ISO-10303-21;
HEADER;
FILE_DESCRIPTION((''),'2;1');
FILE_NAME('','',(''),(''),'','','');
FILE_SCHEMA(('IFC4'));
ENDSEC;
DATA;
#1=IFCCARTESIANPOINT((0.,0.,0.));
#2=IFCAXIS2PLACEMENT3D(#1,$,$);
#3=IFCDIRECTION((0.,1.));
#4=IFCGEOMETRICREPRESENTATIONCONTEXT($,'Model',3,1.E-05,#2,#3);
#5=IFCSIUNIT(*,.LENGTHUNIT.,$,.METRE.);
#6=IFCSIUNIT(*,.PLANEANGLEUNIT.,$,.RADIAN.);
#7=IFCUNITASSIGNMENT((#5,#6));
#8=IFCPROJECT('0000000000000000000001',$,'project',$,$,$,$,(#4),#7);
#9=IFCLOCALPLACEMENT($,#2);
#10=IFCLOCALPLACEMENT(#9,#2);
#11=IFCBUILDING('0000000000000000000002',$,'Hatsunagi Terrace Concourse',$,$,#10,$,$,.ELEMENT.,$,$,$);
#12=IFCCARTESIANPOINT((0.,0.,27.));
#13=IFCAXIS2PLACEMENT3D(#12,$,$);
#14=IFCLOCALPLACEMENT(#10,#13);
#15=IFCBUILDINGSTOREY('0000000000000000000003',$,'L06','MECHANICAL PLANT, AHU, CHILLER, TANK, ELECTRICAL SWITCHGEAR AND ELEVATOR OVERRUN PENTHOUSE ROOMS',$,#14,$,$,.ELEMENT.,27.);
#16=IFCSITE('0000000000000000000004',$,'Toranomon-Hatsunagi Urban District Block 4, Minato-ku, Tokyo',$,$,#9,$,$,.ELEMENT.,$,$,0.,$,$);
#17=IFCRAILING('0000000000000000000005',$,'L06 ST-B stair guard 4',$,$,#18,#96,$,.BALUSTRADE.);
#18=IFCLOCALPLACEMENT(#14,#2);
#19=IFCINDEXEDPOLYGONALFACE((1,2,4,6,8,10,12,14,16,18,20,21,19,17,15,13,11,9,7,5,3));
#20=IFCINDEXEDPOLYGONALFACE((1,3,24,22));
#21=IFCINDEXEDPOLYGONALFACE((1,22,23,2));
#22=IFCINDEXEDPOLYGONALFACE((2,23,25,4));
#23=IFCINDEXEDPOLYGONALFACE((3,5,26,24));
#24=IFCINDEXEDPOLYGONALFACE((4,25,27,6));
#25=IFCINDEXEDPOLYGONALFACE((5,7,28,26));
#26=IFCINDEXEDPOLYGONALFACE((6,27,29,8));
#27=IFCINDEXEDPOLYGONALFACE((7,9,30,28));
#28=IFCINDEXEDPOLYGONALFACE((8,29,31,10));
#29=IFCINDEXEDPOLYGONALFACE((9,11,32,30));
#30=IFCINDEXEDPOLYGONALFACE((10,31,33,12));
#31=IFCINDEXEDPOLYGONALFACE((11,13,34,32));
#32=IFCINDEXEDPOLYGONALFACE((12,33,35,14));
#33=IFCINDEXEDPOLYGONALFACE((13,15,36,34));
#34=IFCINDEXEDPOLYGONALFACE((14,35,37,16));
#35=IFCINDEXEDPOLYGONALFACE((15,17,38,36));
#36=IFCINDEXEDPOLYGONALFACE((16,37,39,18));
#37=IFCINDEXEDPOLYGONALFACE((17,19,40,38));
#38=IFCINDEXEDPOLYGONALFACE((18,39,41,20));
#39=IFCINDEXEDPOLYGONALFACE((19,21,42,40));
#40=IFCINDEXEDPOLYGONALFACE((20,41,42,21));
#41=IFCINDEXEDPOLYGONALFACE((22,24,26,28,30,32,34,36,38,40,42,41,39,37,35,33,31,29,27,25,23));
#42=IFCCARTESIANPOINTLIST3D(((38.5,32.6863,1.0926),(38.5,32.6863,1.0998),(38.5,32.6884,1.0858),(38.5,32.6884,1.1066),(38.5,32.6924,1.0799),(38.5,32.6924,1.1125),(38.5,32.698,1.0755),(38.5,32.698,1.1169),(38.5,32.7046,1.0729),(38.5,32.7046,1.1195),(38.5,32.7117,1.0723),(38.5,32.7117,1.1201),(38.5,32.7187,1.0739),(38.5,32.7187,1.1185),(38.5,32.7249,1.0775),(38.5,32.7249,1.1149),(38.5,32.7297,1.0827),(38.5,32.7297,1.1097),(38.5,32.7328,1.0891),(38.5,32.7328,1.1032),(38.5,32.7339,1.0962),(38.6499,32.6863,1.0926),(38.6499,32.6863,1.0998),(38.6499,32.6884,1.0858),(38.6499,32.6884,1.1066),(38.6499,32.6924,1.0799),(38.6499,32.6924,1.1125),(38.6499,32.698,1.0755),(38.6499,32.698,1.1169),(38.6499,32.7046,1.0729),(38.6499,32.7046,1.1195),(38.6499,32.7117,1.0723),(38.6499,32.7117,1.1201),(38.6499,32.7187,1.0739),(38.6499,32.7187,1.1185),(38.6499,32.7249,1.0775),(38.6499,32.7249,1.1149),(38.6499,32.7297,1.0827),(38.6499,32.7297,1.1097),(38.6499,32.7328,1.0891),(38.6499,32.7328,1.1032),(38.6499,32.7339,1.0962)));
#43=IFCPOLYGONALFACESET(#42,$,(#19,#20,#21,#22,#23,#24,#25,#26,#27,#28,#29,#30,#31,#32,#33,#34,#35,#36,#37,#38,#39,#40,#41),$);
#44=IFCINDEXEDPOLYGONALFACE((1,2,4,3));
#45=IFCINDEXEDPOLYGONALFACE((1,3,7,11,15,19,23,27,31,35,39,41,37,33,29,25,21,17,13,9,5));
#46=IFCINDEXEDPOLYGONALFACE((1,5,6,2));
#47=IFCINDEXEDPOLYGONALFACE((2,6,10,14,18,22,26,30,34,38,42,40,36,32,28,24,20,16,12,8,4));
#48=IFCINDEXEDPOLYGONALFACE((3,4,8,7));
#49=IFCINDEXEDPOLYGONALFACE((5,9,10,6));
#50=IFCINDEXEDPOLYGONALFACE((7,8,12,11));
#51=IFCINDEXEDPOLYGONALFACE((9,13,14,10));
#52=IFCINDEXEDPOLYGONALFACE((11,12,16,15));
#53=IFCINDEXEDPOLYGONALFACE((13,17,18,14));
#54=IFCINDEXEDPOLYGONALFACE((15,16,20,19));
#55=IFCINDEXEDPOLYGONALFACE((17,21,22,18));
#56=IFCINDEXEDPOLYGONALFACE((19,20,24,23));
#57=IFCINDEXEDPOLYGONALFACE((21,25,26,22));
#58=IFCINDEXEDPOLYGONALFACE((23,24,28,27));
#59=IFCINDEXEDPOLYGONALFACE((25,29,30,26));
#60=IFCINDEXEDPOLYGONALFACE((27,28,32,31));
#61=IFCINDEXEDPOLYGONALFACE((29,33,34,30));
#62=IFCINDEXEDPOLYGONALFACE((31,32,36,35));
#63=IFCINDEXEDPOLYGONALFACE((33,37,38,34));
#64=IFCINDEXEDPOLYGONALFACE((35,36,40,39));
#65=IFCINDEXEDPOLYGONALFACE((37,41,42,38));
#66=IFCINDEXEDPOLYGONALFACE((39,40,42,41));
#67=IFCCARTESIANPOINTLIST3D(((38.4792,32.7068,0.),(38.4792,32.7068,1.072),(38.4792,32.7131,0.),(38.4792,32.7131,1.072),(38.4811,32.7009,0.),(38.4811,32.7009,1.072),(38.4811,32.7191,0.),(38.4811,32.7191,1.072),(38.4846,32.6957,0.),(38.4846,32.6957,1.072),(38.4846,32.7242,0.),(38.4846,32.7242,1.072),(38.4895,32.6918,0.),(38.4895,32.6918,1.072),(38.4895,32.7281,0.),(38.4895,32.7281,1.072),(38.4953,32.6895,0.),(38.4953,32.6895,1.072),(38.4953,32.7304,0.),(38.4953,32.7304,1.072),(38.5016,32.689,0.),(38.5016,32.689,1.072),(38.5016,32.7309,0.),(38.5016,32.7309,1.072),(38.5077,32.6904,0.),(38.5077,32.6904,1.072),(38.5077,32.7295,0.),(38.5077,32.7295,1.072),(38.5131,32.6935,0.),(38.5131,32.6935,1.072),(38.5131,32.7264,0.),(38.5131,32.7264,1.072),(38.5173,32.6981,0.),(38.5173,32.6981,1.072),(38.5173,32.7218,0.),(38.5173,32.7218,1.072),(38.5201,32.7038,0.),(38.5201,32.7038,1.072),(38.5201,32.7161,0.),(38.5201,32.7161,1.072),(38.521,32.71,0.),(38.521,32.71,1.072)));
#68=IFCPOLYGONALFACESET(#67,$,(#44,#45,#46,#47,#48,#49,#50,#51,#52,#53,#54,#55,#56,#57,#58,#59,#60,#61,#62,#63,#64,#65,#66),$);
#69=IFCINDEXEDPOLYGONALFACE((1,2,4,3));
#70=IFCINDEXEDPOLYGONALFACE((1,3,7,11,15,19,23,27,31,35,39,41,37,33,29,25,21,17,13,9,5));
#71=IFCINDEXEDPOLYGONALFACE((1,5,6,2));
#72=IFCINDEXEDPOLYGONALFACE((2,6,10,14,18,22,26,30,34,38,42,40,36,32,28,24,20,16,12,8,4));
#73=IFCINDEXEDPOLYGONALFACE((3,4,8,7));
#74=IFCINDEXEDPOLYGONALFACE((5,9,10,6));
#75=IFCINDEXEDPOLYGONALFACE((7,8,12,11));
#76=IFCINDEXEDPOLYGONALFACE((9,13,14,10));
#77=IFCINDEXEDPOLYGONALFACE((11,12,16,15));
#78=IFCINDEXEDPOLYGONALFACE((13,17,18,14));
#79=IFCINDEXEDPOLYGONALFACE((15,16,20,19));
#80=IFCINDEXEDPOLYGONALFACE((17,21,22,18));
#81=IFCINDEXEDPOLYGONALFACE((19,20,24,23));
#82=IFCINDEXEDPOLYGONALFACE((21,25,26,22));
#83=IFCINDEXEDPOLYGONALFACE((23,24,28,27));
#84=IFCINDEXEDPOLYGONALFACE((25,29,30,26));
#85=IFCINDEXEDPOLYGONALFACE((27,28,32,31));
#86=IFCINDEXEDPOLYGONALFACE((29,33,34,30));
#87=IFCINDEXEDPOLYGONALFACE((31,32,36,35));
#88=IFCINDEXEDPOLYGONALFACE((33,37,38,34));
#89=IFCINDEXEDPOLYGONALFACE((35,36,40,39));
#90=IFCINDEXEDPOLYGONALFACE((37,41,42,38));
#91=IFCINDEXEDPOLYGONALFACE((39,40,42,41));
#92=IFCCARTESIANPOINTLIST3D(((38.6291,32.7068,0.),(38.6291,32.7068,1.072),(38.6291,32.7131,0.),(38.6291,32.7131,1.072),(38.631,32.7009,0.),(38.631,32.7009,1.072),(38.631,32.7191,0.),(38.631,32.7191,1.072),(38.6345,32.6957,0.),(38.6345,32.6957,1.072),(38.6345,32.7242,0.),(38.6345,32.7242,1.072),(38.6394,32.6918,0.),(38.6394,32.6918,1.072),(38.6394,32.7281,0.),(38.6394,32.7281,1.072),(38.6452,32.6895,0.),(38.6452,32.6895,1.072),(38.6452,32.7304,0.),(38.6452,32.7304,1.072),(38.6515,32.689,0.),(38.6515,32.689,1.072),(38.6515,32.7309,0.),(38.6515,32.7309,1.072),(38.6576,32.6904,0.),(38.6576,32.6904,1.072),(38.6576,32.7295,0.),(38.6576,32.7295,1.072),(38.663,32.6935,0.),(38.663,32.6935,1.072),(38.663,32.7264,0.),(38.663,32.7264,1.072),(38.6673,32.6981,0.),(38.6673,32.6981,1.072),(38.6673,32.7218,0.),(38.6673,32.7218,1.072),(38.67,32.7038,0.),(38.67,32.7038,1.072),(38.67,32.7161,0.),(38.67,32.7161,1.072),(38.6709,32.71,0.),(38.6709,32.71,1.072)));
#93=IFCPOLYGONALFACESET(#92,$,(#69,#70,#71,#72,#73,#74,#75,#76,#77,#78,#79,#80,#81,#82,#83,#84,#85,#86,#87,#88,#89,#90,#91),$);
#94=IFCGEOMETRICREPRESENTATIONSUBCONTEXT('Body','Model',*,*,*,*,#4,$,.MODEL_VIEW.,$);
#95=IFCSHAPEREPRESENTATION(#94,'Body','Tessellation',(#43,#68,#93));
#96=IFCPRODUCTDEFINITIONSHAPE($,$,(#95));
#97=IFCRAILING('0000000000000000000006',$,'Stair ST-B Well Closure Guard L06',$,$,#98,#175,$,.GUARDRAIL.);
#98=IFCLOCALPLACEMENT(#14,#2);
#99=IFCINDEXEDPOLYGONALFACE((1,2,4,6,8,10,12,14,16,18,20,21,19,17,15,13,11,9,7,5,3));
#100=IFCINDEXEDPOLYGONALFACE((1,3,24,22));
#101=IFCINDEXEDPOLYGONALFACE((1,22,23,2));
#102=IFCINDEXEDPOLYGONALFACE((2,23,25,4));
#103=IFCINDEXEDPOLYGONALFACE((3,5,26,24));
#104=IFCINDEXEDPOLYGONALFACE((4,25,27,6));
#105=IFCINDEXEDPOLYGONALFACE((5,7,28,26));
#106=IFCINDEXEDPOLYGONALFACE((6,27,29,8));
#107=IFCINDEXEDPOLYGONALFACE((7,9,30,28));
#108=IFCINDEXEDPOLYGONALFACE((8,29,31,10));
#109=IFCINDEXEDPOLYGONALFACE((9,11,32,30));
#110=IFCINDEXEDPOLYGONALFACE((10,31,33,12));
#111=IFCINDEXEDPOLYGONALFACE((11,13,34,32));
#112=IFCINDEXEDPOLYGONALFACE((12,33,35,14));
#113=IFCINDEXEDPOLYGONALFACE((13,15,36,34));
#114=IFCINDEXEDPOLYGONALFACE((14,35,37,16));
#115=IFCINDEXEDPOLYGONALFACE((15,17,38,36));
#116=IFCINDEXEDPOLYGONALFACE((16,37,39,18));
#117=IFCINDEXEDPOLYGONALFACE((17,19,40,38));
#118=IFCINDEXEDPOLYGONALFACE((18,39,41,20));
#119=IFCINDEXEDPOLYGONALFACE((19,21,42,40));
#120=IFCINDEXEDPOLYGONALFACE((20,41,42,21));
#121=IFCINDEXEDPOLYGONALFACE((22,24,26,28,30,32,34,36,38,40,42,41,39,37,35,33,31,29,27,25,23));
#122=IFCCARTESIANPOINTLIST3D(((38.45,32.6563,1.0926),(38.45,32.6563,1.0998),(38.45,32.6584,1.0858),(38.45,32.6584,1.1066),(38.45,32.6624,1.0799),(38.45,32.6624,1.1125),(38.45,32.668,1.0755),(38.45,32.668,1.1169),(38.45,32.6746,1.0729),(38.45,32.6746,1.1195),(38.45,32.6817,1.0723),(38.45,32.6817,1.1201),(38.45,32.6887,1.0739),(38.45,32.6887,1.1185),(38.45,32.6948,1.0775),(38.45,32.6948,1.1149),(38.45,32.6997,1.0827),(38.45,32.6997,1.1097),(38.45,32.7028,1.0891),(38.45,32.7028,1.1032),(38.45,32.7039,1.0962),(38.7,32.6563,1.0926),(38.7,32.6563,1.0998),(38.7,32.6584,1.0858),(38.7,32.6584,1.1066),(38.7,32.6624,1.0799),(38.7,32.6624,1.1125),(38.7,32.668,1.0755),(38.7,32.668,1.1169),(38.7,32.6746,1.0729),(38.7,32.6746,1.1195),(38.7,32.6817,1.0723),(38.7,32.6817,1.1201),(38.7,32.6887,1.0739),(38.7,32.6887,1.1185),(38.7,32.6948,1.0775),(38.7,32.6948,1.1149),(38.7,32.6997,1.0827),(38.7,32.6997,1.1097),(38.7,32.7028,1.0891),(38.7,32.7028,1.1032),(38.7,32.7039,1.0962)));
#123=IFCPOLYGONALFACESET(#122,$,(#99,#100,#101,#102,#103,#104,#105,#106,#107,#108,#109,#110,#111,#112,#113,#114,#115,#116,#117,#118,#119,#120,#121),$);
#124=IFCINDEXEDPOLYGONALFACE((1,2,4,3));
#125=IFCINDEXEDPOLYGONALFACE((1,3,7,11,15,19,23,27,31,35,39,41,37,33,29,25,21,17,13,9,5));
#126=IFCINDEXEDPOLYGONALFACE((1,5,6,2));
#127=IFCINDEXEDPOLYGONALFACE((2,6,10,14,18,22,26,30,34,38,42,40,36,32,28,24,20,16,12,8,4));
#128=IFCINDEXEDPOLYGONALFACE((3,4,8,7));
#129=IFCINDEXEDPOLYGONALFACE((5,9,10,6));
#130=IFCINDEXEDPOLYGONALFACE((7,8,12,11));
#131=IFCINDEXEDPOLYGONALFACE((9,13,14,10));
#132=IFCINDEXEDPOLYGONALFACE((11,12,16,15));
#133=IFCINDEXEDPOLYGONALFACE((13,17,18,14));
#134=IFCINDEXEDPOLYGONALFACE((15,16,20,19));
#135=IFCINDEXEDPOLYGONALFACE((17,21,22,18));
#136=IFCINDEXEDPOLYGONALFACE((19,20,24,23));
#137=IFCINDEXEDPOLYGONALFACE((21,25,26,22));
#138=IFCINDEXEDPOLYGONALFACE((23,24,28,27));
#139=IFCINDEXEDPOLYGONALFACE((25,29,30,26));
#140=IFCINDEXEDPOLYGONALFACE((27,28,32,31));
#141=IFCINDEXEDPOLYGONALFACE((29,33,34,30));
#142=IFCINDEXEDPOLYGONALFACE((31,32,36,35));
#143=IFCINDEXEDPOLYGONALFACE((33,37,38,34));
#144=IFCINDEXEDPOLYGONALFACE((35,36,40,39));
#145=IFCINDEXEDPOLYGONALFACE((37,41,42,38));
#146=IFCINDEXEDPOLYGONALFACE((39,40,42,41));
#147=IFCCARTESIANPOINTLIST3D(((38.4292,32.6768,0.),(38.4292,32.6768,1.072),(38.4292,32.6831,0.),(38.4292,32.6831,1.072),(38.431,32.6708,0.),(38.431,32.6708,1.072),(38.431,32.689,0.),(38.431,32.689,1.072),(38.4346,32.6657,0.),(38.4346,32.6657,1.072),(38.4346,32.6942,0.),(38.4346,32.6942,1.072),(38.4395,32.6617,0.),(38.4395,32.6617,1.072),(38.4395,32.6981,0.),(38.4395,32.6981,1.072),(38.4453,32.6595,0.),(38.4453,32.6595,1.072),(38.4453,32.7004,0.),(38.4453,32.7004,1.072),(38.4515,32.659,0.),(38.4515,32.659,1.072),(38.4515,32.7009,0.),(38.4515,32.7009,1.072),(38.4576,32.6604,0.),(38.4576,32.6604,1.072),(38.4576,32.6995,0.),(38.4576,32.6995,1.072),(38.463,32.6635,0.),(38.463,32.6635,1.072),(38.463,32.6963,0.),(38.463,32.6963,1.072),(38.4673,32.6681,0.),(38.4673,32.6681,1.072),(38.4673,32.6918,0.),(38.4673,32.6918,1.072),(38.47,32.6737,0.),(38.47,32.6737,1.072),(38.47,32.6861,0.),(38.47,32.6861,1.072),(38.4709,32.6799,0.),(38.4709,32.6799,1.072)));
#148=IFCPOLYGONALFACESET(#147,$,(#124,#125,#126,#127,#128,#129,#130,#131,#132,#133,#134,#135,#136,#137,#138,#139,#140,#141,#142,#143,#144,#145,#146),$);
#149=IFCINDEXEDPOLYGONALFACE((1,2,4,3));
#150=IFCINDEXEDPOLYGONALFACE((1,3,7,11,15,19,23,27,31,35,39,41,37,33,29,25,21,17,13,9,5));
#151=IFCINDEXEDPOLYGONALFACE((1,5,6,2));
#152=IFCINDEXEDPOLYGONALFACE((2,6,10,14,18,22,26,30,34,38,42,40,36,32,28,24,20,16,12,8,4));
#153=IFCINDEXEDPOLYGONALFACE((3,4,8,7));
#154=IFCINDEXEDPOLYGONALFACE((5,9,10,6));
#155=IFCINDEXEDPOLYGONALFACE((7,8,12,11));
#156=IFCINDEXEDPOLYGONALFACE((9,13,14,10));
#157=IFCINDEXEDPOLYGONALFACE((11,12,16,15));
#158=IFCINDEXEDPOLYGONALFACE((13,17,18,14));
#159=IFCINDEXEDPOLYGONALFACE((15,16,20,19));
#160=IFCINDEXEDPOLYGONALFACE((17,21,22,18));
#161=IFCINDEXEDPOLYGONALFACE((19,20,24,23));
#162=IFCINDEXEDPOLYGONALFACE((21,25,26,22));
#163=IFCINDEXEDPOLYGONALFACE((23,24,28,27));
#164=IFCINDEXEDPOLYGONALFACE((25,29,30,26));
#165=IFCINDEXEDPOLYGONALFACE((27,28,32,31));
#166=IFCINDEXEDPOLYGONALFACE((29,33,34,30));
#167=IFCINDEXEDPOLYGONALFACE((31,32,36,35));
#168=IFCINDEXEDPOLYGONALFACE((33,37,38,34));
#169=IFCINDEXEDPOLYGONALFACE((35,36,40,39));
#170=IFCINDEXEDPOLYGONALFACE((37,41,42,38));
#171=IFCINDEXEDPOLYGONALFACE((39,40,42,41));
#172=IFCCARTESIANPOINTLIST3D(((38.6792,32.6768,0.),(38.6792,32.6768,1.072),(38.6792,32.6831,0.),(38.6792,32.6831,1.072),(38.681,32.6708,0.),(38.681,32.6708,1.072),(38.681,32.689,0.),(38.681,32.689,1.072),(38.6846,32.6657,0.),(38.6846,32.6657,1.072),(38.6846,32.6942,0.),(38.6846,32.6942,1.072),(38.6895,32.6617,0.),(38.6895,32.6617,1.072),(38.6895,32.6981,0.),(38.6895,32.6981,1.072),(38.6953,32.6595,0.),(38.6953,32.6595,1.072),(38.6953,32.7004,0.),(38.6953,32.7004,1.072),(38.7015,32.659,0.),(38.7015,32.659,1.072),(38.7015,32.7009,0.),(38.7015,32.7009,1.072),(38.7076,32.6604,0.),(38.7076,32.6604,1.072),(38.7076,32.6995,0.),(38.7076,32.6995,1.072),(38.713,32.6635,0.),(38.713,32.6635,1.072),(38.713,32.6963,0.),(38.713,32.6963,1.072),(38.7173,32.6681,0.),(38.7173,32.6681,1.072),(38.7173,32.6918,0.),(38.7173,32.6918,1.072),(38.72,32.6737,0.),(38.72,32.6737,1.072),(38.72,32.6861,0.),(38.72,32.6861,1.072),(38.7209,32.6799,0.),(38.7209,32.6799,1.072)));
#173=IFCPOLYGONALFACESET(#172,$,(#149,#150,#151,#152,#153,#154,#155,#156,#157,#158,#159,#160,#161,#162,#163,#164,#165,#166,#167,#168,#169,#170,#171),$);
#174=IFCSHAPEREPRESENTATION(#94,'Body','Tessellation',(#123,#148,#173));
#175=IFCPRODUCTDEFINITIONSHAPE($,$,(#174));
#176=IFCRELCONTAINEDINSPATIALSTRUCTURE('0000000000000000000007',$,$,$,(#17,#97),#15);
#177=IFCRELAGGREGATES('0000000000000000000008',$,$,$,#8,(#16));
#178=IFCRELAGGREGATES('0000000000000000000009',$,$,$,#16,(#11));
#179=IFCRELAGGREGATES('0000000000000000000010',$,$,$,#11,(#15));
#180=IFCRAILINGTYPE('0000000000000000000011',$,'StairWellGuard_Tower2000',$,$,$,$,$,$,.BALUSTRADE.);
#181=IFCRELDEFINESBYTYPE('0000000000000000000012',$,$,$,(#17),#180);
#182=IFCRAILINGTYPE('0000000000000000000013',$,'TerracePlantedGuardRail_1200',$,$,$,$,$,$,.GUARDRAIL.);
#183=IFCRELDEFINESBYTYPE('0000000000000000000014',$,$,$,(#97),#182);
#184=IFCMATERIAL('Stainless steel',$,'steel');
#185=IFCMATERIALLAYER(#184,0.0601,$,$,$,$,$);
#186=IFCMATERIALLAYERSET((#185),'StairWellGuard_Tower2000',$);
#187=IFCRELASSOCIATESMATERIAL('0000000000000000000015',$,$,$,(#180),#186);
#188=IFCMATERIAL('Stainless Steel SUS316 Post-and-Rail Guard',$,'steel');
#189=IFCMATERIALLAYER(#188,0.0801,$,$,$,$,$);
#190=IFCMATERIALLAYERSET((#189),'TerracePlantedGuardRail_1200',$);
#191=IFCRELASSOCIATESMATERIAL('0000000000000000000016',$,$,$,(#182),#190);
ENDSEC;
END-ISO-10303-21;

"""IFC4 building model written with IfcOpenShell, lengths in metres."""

from ifc_helpers import new_model, si_unit, direction, frame, origin, origin_2d, place, context, subcontext, project, spatial, circle, extrude, material, layer, layer_set, type_object, element, save


model = new_model("IFC4")

# Units and contexts
model_context = context("Model", 3, precision=1e-05, world=origin(), true_north=direction((0.0, 1.0)))
body_context = subcontext(model_context, "Body", "Model", "MODEL_VIEW")
ifc_project = project(units=[si_unit("LENGTHUNIT", "METRE"), si_unit("PLANEANGLEUNIT", "RADIAN")], contexts=[model_context])

# Site, building, storey
site_placement = place(None, origin())
site = spatial("IfcSite", under=ifc_project, at=site_placement, Name="Toranomon-Hatsunagi Urban District Block 4, Minato-ku, Tokyo", CompositionType="ELEMENT", RefElevation=0.0)
building_placement = place(site_placement, origin())
building = spatial("IfcBuilding", under=site, at=building_placement, Name="Hatsunagi Terrace Concourse", CompositionType="ELEMENT")
storey_placement = place(building_placement, frame((0.0, 0.0, 27.0)))
storey = spatial("IfcBuildingStorey", under=building, at=storey_placement, Name="L06", Description="MECHANICAL PLANT, AHU, CHILLER, TANK, ELECTRICAL SWITCHGEAR AND ELEVATOR OVERRUN PENTHOUSE ROOMS", CompositionType="ELEMENT", Elevation=27.0)

# Railings
ifc_material_1 = material(Name="Stainless steel", Category="steel")
ifc_layer_1 = layer(ifc_material_1, 0.0601)
ifc_layer_set_1 = layer_set([ifc_layer_1], Name="StairWellGuard_Tower2000")
railing_type_1 = type_object("IfcRailingType", Name="StairWellGuard_Tower2000", PredefinedType="BALUSTRADE", material=ifc_layer_set_1)
railing_1_placement = place(storey_placement, frame((38.5, 32.71, 0.0)))
element("IfcRailing", 1, at=railing_1_placement, inside=storey, type_object=railing_type_1, Name="L06 ST-B stair guard 4", PredefinedType="BALUSTRADE", context=body_context, shape_type="SweptSolid", body=[
    extrude(circle(Radius=0.0239, at=origin_2d()), frame((0.0, 0.0, 1.0962), z_axis=(1.0, 0.0, 0.0), x_axis=(0.0, 1.0, 0.0)), (0.0, 0.0, 1.0), 0.1499),
    extrude(circle(Radius=0.021, at=origin_2d()), origin(), (0.0, 0.0, 1.0), 1.072),
    extrude(circle(Radius=0.021, at=origin_2d()), frame((0.1499, 0.0, 0.0)), (0.0, 0.0, 1.0), 1.072),
])
ifc_material_2 = material(Name="Stainless Steel SUS316 Post-and-Rail Guard", Category="steel")
ifc_layer_2 = layer(ifc_material_2, 0.0801)
ifc_layer_set_2 = layer_set([ifc_layer_2], Name="TerracePlantedGuardRail_1200")
railing_type_2 = type_object("IfcRailingType", Name="TerracePlantedGuardRail_1200", PredefinedType="GUARDRAIL", material=ifc_layer_set_2)
railing_2_placement = place(storey_placement, frame((38.45, 32.6799, 0.0)))
element("IfcRailing", 2, at=railing_2_placement, inside=storey, type_object=railing_type_2, Name="Stair ST-B Well Closure Guard L06", PredefinedType="GUARDRAIL", context=body_context, shape_type="SweptSolid", body=[
    extrude(circle(Radius=0.0239, at=origin_2d()), frame((0.0, 0.0, 1.0962), z_axis=(1.0, 0.0, 0.0), x_axis=(0.0, 1.0, 0.0)), (0.0, 0.0, 1.0), 0.25),
    extrude(circle(Radius=0.021, at=origin_2d()), origin(), (0.0, 0.0, 1.0), 1.072),
    extrude(circle(Radius=0.021, at=origin_2d()), frame((0.25, 0.0, 0.0)), (0.0, 0.0, 1.0), 1.072),
])

save(model, "model.ifc")
